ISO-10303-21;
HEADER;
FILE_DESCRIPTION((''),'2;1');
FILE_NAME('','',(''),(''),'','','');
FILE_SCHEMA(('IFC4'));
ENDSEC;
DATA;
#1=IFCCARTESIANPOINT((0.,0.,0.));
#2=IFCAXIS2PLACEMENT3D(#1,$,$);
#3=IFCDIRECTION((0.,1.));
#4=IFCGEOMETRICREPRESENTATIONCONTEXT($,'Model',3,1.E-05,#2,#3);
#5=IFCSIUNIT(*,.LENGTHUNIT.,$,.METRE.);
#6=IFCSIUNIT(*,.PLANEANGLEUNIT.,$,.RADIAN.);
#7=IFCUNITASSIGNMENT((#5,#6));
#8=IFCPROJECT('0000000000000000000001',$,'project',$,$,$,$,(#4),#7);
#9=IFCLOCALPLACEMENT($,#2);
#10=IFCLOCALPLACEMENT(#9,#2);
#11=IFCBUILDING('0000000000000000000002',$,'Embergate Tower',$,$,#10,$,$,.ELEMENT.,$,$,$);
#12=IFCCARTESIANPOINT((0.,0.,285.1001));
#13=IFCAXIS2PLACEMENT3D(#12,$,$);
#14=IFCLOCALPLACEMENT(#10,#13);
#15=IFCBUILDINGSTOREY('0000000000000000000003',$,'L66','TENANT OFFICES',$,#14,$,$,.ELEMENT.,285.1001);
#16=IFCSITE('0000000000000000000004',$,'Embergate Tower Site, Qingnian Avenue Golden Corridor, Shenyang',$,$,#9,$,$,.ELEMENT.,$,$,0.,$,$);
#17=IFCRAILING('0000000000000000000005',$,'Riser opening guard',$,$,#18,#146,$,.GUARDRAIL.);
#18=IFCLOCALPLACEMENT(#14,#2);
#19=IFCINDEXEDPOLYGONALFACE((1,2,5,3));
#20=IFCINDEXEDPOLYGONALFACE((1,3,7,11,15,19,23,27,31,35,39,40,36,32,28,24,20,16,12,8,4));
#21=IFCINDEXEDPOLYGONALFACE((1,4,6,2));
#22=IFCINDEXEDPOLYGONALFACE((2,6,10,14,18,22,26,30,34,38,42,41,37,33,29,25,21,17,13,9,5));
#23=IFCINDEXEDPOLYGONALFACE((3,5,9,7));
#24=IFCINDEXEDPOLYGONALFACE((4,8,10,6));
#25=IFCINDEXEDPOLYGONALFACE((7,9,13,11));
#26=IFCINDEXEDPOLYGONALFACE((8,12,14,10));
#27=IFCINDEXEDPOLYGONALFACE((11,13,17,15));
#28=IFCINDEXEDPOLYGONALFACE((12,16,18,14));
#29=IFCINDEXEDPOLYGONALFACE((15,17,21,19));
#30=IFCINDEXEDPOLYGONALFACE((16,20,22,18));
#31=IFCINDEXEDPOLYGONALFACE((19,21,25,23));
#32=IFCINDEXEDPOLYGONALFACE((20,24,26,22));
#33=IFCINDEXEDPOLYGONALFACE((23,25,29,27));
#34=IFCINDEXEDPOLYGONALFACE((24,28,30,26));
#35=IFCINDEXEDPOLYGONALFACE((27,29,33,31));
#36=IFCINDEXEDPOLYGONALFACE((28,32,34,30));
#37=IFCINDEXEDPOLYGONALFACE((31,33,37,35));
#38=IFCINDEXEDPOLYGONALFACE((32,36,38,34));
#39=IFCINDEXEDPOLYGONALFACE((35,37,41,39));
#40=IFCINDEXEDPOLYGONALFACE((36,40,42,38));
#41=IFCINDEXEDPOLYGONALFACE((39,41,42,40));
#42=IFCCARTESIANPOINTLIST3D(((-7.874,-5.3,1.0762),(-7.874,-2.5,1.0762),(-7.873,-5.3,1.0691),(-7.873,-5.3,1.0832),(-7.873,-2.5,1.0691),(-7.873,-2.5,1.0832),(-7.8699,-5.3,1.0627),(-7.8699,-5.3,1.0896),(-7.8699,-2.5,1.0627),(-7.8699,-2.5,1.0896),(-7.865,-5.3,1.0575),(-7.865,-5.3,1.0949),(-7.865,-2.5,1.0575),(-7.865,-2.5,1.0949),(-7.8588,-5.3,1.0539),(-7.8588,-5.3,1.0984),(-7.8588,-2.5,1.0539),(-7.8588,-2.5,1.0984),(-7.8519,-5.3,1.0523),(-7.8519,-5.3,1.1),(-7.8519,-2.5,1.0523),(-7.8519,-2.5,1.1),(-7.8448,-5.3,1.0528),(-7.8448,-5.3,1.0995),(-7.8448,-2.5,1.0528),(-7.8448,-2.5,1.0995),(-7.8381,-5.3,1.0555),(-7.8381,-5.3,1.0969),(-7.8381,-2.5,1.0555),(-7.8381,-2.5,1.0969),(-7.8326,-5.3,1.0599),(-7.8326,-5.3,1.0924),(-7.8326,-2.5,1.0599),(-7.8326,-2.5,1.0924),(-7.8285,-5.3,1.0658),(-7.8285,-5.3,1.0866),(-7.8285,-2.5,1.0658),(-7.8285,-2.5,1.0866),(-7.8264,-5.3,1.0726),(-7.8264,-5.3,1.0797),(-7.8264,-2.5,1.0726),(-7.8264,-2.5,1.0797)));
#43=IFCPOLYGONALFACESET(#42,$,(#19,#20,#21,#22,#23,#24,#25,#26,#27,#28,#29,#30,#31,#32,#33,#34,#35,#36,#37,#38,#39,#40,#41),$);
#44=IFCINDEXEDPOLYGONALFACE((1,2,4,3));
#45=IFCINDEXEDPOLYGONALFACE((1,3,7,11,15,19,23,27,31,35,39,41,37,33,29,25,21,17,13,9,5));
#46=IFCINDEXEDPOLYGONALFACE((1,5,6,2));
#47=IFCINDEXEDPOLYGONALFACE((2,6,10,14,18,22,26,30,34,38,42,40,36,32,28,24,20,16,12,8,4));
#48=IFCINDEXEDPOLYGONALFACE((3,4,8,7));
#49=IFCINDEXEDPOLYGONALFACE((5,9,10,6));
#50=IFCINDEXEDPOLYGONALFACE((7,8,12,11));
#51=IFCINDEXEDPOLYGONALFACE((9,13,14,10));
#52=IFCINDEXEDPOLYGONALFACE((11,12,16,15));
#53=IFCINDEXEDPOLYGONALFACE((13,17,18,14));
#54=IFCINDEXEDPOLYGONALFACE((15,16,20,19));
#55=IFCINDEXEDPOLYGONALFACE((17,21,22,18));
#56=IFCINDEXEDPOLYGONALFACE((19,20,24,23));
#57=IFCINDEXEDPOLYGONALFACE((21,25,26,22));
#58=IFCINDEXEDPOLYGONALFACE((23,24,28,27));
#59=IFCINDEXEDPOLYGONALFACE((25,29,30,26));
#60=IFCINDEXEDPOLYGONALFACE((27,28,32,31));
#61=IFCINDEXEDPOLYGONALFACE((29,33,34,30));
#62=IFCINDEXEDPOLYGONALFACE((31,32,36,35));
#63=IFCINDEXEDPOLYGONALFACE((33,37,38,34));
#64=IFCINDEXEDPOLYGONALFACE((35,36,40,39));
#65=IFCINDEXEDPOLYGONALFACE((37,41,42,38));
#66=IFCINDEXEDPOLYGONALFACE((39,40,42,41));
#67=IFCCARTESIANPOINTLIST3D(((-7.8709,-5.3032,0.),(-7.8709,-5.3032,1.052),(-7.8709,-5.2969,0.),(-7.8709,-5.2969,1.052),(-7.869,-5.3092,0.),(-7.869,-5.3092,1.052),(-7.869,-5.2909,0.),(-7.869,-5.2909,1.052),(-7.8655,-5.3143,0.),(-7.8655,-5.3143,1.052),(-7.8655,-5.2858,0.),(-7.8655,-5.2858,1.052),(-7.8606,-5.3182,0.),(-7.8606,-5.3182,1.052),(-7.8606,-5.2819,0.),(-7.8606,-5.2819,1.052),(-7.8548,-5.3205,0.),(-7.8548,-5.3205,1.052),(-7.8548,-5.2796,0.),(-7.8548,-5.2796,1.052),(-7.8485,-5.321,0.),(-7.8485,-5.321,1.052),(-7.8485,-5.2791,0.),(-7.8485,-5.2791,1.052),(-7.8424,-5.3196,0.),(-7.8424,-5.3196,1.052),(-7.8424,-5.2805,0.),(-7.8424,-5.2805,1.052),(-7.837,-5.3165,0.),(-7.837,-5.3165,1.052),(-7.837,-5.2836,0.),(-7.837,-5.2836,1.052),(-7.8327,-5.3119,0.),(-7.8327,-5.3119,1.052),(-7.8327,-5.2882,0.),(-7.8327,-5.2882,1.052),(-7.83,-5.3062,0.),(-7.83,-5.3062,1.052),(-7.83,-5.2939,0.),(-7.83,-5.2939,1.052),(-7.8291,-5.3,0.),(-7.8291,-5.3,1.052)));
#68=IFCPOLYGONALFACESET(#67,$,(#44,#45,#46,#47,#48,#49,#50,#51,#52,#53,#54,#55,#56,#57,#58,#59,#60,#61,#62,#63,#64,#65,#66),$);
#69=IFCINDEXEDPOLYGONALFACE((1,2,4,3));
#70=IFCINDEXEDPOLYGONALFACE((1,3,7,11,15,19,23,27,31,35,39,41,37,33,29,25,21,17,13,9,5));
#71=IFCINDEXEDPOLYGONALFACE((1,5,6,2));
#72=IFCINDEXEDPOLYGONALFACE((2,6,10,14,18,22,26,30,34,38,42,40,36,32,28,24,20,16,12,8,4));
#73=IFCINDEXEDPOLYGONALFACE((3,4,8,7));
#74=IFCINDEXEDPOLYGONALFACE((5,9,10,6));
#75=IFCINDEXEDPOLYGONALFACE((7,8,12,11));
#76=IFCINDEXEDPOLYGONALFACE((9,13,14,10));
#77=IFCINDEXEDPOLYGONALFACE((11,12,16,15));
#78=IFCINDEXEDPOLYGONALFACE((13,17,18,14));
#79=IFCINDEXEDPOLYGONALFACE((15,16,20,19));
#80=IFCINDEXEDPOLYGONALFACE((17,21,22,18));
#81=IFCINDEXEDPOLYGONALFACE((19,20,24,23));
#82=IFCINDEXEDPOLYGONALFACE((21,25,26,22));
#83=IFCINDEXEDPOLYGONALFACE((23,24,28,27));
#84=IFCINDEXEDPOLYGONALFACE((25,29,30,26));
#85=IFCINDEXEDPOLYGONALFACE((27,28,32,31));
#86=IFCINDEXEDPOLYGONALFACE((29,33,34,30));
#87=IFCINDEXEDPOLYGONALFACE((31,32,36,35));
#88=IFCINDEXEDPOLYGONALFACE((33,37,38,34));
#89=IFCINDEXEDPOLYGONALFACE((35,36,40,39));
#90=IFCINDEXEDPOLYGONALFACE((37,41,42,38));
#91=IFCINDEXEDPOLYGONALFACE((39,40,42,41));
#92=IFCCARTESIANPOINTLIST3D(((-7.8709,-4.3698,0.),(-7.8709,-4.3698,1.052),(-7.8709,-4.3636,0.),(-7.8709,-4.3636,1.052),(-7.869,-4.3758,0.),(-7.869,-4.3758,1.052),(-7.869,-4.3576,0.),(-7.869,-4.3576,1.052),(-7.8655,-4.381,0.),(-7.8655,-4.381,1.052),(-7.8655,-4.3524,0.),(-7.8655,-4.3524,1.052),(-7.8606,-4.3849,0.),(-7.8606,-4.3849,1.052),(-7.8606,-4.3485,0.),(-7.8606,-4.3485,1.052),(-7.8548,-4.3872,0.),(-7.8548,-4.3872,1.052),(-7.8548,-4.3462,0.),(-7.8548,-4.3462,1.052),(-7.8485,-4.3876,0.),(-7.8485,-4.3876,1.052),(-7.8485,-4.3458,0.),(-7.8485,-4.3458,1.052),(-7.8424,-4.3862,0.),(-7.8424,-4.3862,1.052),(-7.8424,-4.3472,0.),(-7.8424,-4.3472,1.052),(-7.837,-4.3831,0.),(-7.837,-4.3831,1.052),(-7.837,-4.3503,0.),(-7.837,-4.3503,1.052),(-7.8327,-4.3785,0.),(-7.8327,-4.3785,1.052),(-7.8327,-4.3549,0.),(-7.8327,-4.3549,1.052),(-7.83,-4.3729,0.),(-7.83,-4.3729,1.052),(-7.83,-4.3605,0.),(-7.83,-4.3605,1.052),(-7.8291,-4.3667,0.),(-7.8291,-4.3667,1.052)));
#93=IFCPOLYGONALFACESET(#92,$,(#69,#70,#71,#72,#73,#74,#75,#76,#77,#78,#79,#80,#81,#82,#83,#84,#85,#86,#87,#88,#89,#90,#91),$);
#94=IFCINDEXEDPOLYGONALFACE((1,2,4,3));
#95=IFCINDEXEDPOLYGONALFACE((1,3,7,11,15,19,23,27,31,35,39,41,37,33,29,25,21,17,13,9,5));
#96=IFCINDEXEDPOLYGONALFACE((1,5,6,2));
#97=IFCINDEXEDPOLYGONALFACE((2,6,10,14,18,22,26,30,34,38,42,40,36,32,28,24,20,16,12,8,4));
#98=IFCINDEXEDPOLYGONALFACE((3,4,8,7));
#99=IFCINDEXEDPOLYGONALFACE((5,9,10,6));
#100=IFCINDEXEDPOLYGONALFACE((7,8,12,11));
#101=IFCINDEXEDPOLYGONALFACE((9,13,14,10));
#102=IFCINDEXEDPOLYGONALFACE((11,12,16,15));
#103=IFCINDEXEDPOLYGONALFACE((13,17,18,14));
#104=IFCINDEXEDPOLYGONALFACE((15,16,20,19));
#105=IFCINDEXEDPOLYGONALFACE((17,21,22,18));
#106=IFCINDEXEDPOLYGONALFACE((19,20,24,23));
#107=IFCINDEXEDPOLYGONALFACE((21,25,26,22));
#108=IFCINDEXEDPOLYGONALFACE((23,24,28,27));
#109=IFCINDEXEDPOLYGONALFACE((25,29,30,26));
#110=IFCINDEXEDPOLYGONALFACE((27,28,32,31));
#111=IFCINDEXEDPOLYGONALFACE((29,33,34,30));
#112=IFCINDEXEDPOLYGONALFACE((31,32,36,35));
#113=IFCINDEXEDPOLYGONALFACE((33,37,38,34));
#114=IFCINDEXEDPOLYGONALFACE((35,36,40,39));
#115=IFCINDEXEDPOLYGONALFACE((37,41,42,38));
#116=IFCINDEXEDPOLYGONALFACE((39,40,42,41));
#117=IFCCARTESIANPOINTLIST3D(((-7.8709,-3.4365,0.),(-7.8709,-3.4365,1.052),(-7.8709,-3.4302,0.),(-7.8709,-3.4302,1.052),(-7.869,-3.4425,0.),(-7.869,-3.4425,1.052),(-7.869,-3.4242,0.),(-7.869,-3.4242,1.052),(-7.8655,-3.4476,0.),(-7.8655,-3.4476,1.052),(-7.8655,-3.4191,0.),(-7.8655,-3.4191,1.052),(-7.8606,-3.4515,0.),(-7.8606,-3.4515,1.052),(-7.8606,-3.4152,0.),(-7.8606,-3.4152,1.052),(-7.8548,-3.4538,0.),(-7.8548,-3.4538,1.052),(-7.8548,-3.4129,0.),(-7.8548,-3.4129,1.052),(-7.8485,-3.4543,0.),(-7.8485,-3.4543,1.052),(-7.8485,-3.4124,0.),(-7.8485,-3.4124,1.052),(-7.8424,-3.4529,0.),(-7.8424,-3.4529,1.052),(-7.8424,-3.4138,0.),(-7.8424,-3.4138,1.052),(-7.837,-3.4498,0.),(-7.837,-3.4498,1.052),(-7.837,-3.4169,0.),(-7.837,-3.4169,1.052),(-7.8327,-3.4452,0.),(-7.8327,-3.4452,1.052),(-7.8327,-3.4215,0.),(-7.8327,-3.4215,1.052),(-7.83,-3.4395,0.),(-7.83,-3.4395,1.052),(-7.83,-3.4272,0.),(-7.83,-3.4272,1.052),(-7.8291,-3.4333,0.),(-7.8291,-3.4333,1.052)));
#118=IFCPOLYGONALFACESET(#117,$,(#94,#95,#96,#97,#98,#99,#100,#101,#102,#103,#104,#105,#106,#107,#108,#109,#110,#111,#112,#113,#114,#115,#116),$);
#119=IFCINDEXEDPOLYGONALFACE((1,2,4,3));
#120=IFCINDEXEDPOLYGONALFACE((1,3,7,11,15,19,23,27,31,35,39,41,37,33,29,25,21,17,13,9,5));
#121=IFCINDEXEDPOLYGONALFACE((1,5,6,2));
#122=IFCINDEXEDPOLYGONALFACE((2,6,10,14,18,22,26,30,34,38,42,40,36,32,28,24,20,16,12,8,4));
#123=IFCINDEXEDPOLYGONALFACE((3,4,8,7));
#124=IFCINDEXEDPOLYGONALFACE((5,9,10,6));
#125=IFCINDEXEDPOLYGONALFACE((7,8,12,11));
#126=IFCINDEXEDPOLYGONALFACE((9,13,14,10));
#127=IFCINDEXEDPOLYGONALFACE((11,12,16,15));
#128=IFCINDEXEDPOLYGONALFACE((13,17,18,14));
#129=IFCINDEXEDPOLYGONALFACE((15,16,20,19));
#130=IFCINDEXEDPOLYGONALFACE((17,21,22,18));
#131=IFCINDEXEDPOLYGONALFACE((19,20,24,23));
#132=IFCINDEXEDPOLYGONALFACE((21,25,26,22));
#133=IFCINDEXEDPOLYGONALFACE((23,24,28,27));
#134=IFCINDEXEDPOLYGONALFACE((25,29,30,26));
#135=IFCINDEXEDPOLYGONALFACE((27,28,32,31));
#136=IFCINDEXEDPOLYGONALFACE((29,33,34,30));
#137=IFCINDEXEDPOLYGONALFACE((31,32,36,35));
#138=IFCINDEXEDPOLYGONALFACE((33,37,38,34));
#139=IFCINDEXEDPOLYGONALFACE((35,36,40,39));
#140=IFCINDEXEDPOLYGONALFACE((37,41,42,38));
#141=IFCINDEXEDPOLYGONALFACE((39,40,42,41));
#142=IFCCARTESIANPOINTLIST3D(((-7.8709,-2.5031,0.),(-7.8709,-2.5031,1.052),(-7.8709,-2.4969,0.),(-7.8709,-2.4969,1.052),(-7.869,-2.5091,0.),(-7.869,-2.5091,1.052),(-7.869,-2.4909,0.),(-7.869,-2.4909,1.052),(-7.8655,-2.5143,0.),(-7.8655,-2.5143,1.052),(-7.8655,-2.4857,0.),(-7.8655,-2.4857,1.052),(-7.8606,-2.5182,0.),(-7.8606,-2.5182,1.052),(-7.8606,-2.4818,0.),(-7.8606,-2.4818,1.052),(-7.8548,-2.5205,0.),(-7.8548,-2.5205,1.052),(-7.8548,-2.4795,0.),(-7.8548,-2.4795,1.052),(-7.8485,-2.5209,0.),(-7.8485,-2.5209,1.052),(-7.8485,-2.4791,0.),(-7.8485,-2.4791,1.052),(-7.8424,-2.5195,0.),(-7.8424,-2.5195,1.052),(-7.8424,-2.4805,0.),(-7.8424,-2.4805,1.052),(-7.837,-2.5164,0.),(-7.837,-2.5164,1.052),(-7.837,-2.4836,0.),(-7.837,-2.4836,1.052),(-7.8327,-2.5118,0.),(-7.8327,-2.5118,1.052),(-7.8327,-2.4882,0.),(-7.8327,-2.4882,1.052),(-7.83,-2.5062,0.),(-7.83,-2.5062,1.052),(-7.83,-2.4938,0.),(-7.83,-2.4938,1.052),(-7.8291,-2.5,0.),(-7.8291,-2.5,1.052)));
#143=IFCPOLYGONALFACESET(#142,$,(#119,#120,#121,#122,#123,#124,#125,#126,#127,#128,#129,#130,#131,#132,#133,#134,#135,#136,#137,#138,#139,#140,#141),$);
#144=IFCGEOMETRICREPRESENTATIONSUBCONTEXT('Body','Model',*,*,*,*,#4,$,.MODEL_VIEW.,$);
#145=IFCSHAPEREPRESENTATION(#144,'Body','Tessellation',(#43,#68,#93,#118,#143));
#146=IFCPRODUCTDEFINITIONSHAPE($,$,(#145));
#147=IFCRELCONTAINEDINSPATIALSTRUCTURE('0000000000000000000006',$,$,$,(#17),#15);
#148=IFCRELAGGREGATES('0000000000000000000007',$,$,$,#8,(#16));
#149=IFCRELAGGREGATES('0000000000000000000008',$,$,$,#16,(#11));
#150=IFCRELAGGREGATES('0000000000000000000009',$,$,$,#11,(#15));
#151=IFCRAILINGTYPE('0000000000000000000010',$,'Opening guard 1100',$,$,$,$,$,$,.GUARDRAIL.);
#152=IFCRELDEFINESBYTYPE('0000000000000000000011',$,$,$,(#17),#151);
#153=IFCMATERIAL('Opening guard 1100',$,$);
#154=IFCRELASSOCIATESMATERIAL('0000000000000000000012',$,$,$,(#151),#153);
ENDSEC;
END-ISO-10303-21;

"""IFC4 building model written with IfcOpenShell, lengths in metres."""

from ifc_helpers import new_model, si_unit, direction, frame, origin, origin_2d, place, context, subcontext, project, spatial, circle, extrude, source, transform, mapped, material, type_object, element, save


model = new_model("IFC4")

# Units and contexts
model_context = context("Model", 3, precision=1e-05, world=origin(), true_north=direction((0.0, 1.0)))
body_context = subcontext(model_context, "Body", "Model", "MODEL_VIEW")
ifc_project = project(units=[si_unit("LENGTHUNIT", "METRE"), si_unit("PLANEANGLEUNIT", "RADIAN")], contexts=[model_context])

# Site, building, storey
site_placement = place(None, origin())
site = spatial("IfcSite", under=ifc_project, at=site_placement, Name="Embergate Tower Site, Qingnian Avenue Golden Corridor, Shenyang", CompositionType="ELEMENT", RefElevation=0.0)
building_placement = place(site_placement, origin())
building = spatial("IfcBuilding", under=site, at=building_placement, Name="Embergate Tower", CompositionType="ELEMENT")
storey_placement = place(building_placement, frame((0.0, 0.0, 285.1001)))
storey = spatial("IfcBuildingStorey", under=building, at=storey_placement, Name="L66", Description="TENANT OFFICES", CompositionType="ELEMENT", Elevation=285.1001)

# Railing
ifc_material_1 = material(Name="Opening guard 1100")
railing_type_1 = type_object("IfcRailingType", Name="Opening guard 1100", PredefinedType="GUARDRAIL", material=ifc_material_1)
shared_shape_1 = source(origin(), body_context, "Body", "SweptSolid", [
    extrude(circle(Radius=0.0239, at=origin_2d()), frame((0.0, 0.0, 1.0762), z_axis=(0.0, 1.0, 0.0), x_axis=(-1.0, 0.0, 0.0)), (0.0, 0.0, 1.0), 2.8),
    extrude(circle(Radius=0.021, at=origin_2d()), origin(), (0.0, 0.0, 1.0), 1.052),
    extrude(circle(Radius=0.021, at=origin_2d()), frame((0.0, 0.9333, 0.0)), (0.0, 0.0, 1.0), 1.052),
    extrude(circle(Radius=0.021, at=origin_2d()), frame((0.0, 1.8667, 0.0)), (0.0, 0.0, 1.0), 1.052),
    extrude(circle(Radius=0.021, at=origin_2d()), frame((0.0, 2.8, 0.0)), (0.0, 0.0, 1.0), 1.052),
])
railing_1_placement = place(storey_placement, frame((-7.8501, -5.3, 0.0)))
element("IfcRailing", 1, at=railing_1_placement, inside=storey, type_object=railing_type_1, Name="Riser opening guard", PredefinedType="GUARDRAIL", context=body_context, shape_type="MappedRepresentation", body=[
    mapped(shared_shape_1, transform((0.0, 0.0, 0.0))),
])

save(model, "model.ifc")
